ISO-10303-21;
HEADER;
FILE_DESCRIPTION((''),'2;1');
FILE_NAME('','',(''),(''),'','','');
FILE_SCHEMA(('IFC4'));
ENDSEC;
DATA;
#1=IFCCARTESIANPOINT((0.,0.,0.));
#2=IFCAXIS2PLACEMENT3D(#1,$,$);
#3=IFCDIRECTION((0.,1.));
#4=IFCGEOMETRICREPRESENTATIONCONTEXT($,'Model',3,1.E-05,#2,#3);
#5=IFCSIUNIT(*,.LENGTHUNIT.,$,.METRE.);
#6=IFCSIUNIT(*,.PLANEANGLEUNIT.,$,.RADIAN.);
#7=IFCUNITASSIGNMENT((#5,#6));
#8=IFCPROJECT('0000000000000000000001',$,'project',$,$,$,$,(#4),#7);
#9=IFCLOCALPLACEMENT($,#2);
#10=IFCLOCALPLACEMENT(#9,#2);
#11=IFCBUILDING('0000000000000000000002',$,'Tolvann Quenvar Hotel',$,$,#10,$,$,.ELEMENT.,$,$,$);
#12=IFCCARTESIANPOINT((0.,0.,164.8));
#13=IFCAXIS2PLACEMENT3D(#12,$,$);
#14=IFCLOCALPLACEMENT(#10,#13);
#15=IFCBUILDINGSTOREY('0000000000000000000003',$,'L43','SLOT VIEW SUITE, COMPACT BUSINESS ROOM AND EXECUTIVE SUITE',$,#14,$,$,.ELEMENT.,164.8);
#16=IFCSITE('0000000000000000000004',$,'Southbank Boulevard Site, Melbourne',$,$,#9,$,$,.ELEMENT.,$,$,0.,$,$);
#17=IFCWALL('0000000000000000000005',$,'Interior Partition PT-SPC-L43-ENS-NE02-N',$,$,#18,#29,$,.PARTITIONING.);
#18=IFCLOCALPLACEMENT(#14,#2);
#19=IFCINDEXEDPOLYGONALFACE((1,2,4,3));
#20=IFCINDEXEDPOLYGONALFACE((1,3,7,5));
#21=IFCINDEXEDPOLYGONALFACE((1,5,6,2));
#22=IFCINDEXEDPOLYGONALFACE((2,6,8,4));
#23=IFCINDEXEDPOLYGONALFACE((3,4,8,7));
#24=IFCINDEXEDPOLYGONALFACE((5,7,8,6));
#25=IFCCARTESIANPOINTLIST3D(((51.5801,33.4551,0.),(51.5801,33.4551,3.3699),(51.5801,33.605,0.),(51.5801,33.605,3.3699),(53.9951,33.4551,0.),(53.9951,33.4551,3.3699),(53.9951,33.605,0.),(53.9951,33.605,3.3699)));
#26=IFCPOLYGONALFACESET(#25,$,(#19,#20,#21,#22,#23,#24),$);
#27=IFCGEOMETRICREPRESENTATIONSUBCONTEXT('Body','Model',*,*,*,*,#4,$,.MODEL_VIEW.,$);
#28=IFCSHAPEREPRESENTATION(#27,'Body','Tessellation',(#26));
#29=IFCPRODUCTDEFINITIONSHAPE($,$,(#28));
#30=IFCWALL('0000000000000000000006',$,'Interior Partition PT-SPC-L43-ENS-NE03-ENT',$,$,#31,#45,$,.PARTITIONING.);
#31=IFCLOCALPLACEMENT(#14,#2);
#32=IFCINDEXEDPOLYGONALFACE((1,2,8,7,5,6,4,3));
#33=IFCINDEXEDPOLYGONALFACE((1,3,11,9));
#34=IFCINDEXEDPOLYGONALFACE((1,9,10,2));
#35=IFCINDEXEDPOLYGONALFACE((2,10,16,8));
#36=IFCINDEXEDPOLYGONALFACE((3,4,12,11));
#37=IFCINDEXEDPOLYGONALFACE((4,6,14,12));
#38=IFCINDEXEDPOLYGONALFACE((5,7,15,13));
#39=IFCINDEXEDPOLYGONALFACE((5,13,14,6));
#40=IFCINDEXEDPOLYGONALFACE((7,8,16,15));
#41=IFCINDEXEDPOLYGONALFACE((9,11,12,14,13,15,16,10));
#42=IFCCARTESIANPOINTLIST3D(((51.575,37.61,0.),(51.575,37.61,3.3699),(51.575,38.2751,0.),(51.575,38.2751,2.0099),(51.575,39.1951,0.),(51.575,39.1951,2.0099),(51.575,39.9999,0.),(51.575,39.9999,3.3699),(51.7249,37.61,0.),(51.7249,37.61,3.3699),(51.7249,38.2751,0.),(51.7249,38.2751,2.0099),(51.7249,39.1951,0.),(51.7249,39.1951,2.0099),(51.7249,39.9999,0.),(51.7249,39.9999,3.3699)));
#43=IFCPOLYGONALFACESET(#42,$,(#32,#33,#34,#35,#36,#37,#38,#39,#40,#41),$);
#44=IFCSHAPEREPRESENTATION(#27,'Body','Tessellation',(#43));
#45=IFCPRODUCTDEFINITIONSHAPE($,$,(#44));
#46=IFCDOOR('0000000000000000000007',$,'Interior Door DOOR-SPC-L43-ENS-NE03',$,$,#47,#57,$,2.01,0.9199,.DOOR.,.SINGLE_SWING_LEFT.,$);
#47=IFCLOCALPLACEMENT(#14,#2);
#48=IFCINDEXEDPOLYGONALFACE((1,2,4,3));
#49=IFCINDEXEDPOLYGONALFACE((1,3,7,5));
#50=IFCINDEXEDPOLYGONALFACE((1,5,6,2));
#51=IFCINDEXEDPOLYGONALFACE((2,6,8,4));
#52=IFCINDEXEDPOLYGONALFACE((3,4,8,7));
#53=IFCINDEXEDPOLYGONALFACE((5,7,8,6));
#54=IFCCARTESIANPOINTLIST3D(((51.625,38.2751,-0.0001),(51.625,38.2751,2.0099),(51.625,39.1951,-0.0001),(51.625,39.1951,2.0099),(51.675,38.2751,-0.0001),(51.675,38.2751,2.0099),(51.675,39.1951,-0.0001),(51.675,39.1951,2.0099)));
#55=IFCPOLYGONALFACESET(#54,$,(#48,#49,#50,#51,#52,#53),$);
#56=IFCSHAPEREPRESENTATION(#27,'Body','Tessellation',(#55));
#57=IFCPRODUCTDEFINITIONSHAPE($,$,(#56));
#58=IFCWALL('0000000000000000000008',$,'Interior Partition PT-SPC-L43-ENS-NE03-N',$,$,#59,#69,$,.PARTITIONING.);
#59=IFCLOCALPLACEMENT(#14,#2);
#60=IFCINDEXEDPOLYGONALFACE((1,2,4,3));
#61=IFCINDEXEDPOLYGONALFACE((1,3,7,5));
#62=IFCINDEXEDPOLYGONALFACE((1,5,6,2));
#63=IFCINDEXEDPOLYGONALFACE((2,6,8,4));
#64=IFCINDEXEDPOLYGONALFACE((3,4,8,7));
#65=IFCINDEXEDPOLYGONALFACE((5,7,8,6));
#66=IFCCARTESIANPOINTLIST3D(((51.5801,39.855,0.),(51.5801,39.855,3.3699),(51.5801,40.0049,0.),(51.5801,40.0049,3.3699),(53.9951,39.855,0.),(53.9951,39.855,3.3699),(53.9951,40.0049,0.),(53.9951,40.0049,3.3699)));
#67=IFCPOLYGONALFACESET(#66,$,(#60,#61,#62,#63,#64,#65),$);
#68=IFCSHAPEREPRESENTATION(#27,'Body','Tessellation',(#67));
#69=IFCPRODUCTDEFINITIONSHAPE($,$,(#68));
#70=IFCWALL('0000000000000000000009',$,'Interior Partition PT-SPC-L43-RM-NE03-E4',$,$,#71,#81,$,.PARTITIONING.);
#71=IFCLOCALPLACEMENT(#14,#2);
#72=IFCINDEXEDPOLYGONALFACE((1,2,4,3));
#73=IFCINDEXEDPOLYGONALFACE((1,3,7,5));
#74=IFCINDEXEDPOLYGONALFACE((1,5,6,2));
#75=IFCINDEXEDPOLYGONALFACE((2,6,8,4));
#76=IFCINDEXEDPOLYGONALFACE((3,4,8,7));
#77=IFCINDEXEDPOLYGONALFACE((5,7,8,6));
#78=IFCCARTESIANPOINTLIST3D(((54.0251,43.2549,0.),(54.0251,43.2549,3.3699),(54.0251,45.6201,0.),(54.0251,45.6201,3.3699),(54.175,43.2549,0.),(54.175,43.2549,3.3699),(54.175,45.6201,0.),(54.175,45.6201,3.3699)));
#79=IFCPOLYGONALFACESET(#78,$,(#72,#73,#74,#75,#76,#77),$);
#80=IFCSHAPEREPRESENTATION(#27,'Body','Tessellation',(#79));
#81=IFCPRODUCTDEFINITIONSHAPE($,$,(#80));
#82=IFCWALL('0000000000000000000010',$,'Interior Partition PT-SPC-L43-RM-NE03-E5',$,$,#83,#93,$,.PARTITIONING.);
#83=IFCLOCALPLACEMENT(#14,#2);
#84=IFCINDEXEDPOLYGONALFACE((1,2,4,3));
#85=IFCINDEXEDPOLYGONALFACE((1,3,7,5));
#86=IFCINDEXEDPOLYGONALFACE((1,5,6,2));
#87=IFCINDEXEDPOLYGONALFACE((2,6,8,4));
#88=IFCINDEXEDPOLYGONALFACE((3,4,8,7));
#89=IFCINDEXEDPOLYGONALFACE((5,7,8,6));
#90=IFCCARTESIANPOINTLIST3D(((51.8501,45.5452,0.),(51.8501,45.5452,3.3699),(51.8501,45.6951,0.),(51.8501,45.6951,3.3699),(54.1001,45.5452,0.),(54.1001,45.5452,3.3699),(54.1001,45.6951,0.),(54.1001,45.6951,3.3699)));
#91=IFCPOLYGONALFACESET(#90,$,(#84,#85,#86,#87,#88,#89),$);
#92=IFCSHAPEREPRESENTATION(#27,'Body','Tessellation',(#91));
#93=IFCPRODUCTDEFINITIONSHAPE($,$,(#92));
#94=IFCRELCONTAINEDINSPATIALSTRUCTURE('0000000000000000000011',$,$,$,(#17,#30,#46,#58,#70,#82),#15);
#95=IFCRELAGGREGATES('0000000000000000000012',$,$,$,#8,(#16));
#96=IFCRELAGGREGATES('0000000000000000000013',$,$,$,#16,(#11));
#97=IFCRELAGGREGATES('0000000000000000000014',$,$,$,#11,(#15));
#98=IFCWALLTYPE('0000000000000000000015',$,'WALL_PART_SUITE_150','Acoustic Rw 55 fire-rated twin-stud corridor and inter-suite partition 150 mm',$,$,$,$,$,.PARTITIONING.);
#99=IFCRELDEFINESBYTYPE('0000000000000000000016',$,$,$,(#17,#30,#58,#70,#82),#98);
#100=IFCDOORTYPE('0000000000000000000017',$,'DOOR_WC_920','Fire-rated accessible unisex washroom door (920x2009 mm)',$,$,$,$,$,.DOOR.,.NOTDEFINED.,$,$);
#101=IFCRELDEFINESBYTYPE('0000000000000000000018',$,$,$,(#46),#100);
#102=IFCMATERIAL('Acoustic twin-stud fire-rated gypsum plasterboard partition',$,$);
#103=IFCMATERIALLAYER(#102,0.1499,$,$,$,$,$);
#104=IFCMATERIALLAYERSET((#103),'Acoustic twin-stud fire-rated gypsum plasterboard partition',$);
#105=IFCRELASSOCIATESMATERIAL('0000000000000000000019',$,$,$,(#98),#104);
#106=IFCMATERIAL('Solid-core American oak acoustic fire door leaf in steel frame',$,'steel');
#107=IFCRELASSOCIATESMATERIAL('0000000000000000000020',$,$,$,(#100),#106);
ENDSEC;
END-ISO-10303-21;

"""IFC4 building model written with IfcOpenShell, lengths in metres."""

from ifc_helpers import new_model, si_unit, direction, frame, frame_2d, origin, place, context, subcontext, project, spatial, rectangle, extrude, source, transform, mapped, material, layer, layer_set, type_object, type_shapes, element, fill, save


model = new_model("IFC4")

# Units and contexts
model_context = context("Model", 3, precision=1e-05, world=origin(), true_north=direction((0.0, 1.0)))
body_context = subcontext(model_context, "Body", "Model", "MODEL_VIEW")
ifc_project = project(units=[si_unit("LENGTHUNIT", "METRE"), si_unit("PLANEANGLEUNIT", "RADIAN")], contexts=[model_context])

# Site, building, storey
site_placement = place(None, origin())
site = spatial("IfcSite", under=ifc_project, at=site_placement, Name="Southbank Boulevard Site, Melbourne", CompositionType="ELEMENT", RefElevation=0.0)
building_placement = place(site_placement, origin())
building = spatial("IfcBuilding", under=site, at=building_placement, Name="Tolvann Quenvar Hotel", CompositionType="ELEMENT")
storey_placement = place(building_placement, frame((0.0, 0.0, 164.8)))
storey = spatial("IfcBuildingStorey", under=building, at=storey_placement, Name="L43", Description="SLOT VIEW SUITE, COMPACT BUSINESS ROOM AND EXECUTIVE SUITE", CompositionType="ELEMENT", Elevation=164.8)

# Shared definitions
ifc_material_1 = material(Name="Acoustic twin-stud fire-rated gypsum plasterboard partition")
ifc_layer_1 = layer(ifc_material_1, 0.1499)
ifc_layer_set_1 = layer_set([ifc_layer_1], Name="Acoustic twin-stud fire-rated gypsum plasterboard partition")
wall_type_1 = type_object("IfcWallType", Name="WALL_PART_SUITE_150", Description="Acoustic Rw 55 fire-rated twin-stud corridor and inter-suite partition 150 mm", PredefinedType="PARTITIONING", material=ifc_layer_set_1)
ifc_material_2 = material(Name="Solid-core American oak acoustic fire door leaf in steel frame", Category="steel")
door_type = type_object("IfcDoorType", Name="DOOR_WC_920", Description="Fire-rated accessible unisex washroom door (920x2009 mm)", OperationType="NOTDEFINED", PredefinedType="DOOR", material=ifc_material_2)
shared_shape_1 = source(origin(), body_context, "Body", "SweptSolid", [
    extrude(rectangle(XDim=0.9199, YDim=2.01, at=frame_2d((0.46, 1.0049))), frame((0.0, 0.0249, 0.0), z_axis=(0.0, -1.0, 0.0), x_axis=(1.0, 0.0, 0.0)), (0.0, 0.0, 1.0), 0.05),
])
type_shapes(door_type, [shared_shape_1])

# Wall
wall_1_placement = place(storey_placement, frame((51.5801, 33.53, 0.0), z_axis=(0.0, 0.0, 1.0), x_axis=(1.0, 0.0, 0.0)))
element("IfcWall", 1, at=wall_1_placement, inside=storey, type_object=wall_type_1, Name="Interior Partition PT-SPC-L43-ENS-NE02-N", PredefinedType="PARTITIONING", context=body_context, shape_type="SweptSolid", body=[
    extrude(rectangle(XDim=2.415, YDim=0.1499, at=frame_2d((1.2075, 0.0))), origin(), (0.0, 0.0, 1.0), 3.3699),
])

# Wall, opening, door
wall_2_placement = place(storey_placement, frame((51.6499, 37.6101, 0.0), z_axis=(0.0, 0.0, 1.0), x_axis=(0.0, 1.0, 0.0)))
wall_2 = element("IfcWall", 2, at=wall_2_placement, inside=storey, type_object=wall_type_1, Name="Interior Partition PT-SPC-L43-ENS-NE03-ENT", PredefinedType="PARTITIONING", context=body_context, shape_type="SweptSolid", body=[
    extrude(rectangle(XDim=2.3899, YDim=0.1499, at=frame_2d((1.1948, 0.0))), origin(), (0.0, 0.0, 1.0), 3.3699),
])
opening_1_placement = place(wall_2_placement, frame((0.665, 0.0, 0.0)))
opening_1 = element("IfcOpeningElement", 3, at=opening_1_placement, cuts=wall_2, PredefinedType="OPENING", context=body_context, shape_type="SweptSolid", body=[
    extrude(rectangle(XDim=0.9199, YDim=2.01, at=frame_2d((0.46, 1.0049))), frame((0.0, 0.085, 0.0), z_axis=(0.0, -1.0, 0.0), x_axis=(1.0, 0.0, 0.0)), (0.0, 0.0, 1.0), 0.1699),
])
door_1_placement = place(opening_1_placement, origin())
door_1 = element("IfcDoor", 4, at=door_1_placement, inside=storey, type_object=door_type, Name="Interior Door DOOR-SPC-L43-ENS-NE03", OperationType="SINGLE_SWING_LEFT", OverallHeight=2.01, OverallWidth=0.9199, PredefinedType="DOOR", context=body_context, shape_type="MappedRepresentation", body=[
    mapped(shared_shape_1, transform((0.0, 0.0, 0.0), x_axis=(1.0, 0.0, 0.0), y_axis=(0.0, 1.0, 0.0), z_axis=(0.0, 0.0, 1.0), scale=1.0)),
])
fill(opening_1, door_1)

# Walls
wall_3_placement = place(storey_placement, frame((51.5801, 39.9299, 0.0), z_axis=(0.0, 0.0, 1.0), x_axis=(1.0, 0.0, 0.0)))
element("IfcWall", 5, at=wall_3_placement, inside=storey, type_object=wall_type_1, Name="Interior Partition PT-SPC-L43-ENS-NE03-N", PredefinedType="PARTITIONING", context=body_context, shape_type="SweptSolid", body=[
    extrude(rectangle(XDim=2.415, YDim=0.1499, at=frame_2d((1.2075, 0.0))), origin(), (0.0, 0.0, 1.0), 3.3699),
])
wall_4_placement = place(storey_placement, frame((54.1001, 43.2549, 0.0), z_axis=(0.0, 0.0, 1.0), x_axis=(0.0, 1.0, 0.0)))
element("IfcWall", 6, at=wall_4_placement, inside=storey, type_object=wall_type_1, Name="Interior Partition PT-SPC-L43-RM-NE03-E4", PredefinedType="PARTITIONING", context=body_context, shape_type="SweptSolid", body=[
    extrude(rectangle(XDim=2.3652, YDim=0.1499, at=frame_2d((1.1826, 0.0))), origin(), (0.0, 0.0, 1.0), 3.3699),
])
wall_5_placement = place(storey_placement, frame((51.8501, 45.6201, 0.0), z_axis=(0.0, 0.0, 1.0), x_axis=(1.0, 0.0, 0.0)))
element("IfcWall", 7, at=wall_5_placement, inside=storey, type_object=wall_type_1, Name="Interior Partition PT-SPC-L43-RM-NE03-E5", PredefinedType="PARTITIONING", context=body_context, shape_type="SweptSolid", body=[
    extrude(rectangle(XDim=2.25, YDim=0.1499, at=frame_2d((1.125, 0.0))), origin(), (0.0, 0.0, 1.0), 3.3699),
])

save(model, "model.ifc")
